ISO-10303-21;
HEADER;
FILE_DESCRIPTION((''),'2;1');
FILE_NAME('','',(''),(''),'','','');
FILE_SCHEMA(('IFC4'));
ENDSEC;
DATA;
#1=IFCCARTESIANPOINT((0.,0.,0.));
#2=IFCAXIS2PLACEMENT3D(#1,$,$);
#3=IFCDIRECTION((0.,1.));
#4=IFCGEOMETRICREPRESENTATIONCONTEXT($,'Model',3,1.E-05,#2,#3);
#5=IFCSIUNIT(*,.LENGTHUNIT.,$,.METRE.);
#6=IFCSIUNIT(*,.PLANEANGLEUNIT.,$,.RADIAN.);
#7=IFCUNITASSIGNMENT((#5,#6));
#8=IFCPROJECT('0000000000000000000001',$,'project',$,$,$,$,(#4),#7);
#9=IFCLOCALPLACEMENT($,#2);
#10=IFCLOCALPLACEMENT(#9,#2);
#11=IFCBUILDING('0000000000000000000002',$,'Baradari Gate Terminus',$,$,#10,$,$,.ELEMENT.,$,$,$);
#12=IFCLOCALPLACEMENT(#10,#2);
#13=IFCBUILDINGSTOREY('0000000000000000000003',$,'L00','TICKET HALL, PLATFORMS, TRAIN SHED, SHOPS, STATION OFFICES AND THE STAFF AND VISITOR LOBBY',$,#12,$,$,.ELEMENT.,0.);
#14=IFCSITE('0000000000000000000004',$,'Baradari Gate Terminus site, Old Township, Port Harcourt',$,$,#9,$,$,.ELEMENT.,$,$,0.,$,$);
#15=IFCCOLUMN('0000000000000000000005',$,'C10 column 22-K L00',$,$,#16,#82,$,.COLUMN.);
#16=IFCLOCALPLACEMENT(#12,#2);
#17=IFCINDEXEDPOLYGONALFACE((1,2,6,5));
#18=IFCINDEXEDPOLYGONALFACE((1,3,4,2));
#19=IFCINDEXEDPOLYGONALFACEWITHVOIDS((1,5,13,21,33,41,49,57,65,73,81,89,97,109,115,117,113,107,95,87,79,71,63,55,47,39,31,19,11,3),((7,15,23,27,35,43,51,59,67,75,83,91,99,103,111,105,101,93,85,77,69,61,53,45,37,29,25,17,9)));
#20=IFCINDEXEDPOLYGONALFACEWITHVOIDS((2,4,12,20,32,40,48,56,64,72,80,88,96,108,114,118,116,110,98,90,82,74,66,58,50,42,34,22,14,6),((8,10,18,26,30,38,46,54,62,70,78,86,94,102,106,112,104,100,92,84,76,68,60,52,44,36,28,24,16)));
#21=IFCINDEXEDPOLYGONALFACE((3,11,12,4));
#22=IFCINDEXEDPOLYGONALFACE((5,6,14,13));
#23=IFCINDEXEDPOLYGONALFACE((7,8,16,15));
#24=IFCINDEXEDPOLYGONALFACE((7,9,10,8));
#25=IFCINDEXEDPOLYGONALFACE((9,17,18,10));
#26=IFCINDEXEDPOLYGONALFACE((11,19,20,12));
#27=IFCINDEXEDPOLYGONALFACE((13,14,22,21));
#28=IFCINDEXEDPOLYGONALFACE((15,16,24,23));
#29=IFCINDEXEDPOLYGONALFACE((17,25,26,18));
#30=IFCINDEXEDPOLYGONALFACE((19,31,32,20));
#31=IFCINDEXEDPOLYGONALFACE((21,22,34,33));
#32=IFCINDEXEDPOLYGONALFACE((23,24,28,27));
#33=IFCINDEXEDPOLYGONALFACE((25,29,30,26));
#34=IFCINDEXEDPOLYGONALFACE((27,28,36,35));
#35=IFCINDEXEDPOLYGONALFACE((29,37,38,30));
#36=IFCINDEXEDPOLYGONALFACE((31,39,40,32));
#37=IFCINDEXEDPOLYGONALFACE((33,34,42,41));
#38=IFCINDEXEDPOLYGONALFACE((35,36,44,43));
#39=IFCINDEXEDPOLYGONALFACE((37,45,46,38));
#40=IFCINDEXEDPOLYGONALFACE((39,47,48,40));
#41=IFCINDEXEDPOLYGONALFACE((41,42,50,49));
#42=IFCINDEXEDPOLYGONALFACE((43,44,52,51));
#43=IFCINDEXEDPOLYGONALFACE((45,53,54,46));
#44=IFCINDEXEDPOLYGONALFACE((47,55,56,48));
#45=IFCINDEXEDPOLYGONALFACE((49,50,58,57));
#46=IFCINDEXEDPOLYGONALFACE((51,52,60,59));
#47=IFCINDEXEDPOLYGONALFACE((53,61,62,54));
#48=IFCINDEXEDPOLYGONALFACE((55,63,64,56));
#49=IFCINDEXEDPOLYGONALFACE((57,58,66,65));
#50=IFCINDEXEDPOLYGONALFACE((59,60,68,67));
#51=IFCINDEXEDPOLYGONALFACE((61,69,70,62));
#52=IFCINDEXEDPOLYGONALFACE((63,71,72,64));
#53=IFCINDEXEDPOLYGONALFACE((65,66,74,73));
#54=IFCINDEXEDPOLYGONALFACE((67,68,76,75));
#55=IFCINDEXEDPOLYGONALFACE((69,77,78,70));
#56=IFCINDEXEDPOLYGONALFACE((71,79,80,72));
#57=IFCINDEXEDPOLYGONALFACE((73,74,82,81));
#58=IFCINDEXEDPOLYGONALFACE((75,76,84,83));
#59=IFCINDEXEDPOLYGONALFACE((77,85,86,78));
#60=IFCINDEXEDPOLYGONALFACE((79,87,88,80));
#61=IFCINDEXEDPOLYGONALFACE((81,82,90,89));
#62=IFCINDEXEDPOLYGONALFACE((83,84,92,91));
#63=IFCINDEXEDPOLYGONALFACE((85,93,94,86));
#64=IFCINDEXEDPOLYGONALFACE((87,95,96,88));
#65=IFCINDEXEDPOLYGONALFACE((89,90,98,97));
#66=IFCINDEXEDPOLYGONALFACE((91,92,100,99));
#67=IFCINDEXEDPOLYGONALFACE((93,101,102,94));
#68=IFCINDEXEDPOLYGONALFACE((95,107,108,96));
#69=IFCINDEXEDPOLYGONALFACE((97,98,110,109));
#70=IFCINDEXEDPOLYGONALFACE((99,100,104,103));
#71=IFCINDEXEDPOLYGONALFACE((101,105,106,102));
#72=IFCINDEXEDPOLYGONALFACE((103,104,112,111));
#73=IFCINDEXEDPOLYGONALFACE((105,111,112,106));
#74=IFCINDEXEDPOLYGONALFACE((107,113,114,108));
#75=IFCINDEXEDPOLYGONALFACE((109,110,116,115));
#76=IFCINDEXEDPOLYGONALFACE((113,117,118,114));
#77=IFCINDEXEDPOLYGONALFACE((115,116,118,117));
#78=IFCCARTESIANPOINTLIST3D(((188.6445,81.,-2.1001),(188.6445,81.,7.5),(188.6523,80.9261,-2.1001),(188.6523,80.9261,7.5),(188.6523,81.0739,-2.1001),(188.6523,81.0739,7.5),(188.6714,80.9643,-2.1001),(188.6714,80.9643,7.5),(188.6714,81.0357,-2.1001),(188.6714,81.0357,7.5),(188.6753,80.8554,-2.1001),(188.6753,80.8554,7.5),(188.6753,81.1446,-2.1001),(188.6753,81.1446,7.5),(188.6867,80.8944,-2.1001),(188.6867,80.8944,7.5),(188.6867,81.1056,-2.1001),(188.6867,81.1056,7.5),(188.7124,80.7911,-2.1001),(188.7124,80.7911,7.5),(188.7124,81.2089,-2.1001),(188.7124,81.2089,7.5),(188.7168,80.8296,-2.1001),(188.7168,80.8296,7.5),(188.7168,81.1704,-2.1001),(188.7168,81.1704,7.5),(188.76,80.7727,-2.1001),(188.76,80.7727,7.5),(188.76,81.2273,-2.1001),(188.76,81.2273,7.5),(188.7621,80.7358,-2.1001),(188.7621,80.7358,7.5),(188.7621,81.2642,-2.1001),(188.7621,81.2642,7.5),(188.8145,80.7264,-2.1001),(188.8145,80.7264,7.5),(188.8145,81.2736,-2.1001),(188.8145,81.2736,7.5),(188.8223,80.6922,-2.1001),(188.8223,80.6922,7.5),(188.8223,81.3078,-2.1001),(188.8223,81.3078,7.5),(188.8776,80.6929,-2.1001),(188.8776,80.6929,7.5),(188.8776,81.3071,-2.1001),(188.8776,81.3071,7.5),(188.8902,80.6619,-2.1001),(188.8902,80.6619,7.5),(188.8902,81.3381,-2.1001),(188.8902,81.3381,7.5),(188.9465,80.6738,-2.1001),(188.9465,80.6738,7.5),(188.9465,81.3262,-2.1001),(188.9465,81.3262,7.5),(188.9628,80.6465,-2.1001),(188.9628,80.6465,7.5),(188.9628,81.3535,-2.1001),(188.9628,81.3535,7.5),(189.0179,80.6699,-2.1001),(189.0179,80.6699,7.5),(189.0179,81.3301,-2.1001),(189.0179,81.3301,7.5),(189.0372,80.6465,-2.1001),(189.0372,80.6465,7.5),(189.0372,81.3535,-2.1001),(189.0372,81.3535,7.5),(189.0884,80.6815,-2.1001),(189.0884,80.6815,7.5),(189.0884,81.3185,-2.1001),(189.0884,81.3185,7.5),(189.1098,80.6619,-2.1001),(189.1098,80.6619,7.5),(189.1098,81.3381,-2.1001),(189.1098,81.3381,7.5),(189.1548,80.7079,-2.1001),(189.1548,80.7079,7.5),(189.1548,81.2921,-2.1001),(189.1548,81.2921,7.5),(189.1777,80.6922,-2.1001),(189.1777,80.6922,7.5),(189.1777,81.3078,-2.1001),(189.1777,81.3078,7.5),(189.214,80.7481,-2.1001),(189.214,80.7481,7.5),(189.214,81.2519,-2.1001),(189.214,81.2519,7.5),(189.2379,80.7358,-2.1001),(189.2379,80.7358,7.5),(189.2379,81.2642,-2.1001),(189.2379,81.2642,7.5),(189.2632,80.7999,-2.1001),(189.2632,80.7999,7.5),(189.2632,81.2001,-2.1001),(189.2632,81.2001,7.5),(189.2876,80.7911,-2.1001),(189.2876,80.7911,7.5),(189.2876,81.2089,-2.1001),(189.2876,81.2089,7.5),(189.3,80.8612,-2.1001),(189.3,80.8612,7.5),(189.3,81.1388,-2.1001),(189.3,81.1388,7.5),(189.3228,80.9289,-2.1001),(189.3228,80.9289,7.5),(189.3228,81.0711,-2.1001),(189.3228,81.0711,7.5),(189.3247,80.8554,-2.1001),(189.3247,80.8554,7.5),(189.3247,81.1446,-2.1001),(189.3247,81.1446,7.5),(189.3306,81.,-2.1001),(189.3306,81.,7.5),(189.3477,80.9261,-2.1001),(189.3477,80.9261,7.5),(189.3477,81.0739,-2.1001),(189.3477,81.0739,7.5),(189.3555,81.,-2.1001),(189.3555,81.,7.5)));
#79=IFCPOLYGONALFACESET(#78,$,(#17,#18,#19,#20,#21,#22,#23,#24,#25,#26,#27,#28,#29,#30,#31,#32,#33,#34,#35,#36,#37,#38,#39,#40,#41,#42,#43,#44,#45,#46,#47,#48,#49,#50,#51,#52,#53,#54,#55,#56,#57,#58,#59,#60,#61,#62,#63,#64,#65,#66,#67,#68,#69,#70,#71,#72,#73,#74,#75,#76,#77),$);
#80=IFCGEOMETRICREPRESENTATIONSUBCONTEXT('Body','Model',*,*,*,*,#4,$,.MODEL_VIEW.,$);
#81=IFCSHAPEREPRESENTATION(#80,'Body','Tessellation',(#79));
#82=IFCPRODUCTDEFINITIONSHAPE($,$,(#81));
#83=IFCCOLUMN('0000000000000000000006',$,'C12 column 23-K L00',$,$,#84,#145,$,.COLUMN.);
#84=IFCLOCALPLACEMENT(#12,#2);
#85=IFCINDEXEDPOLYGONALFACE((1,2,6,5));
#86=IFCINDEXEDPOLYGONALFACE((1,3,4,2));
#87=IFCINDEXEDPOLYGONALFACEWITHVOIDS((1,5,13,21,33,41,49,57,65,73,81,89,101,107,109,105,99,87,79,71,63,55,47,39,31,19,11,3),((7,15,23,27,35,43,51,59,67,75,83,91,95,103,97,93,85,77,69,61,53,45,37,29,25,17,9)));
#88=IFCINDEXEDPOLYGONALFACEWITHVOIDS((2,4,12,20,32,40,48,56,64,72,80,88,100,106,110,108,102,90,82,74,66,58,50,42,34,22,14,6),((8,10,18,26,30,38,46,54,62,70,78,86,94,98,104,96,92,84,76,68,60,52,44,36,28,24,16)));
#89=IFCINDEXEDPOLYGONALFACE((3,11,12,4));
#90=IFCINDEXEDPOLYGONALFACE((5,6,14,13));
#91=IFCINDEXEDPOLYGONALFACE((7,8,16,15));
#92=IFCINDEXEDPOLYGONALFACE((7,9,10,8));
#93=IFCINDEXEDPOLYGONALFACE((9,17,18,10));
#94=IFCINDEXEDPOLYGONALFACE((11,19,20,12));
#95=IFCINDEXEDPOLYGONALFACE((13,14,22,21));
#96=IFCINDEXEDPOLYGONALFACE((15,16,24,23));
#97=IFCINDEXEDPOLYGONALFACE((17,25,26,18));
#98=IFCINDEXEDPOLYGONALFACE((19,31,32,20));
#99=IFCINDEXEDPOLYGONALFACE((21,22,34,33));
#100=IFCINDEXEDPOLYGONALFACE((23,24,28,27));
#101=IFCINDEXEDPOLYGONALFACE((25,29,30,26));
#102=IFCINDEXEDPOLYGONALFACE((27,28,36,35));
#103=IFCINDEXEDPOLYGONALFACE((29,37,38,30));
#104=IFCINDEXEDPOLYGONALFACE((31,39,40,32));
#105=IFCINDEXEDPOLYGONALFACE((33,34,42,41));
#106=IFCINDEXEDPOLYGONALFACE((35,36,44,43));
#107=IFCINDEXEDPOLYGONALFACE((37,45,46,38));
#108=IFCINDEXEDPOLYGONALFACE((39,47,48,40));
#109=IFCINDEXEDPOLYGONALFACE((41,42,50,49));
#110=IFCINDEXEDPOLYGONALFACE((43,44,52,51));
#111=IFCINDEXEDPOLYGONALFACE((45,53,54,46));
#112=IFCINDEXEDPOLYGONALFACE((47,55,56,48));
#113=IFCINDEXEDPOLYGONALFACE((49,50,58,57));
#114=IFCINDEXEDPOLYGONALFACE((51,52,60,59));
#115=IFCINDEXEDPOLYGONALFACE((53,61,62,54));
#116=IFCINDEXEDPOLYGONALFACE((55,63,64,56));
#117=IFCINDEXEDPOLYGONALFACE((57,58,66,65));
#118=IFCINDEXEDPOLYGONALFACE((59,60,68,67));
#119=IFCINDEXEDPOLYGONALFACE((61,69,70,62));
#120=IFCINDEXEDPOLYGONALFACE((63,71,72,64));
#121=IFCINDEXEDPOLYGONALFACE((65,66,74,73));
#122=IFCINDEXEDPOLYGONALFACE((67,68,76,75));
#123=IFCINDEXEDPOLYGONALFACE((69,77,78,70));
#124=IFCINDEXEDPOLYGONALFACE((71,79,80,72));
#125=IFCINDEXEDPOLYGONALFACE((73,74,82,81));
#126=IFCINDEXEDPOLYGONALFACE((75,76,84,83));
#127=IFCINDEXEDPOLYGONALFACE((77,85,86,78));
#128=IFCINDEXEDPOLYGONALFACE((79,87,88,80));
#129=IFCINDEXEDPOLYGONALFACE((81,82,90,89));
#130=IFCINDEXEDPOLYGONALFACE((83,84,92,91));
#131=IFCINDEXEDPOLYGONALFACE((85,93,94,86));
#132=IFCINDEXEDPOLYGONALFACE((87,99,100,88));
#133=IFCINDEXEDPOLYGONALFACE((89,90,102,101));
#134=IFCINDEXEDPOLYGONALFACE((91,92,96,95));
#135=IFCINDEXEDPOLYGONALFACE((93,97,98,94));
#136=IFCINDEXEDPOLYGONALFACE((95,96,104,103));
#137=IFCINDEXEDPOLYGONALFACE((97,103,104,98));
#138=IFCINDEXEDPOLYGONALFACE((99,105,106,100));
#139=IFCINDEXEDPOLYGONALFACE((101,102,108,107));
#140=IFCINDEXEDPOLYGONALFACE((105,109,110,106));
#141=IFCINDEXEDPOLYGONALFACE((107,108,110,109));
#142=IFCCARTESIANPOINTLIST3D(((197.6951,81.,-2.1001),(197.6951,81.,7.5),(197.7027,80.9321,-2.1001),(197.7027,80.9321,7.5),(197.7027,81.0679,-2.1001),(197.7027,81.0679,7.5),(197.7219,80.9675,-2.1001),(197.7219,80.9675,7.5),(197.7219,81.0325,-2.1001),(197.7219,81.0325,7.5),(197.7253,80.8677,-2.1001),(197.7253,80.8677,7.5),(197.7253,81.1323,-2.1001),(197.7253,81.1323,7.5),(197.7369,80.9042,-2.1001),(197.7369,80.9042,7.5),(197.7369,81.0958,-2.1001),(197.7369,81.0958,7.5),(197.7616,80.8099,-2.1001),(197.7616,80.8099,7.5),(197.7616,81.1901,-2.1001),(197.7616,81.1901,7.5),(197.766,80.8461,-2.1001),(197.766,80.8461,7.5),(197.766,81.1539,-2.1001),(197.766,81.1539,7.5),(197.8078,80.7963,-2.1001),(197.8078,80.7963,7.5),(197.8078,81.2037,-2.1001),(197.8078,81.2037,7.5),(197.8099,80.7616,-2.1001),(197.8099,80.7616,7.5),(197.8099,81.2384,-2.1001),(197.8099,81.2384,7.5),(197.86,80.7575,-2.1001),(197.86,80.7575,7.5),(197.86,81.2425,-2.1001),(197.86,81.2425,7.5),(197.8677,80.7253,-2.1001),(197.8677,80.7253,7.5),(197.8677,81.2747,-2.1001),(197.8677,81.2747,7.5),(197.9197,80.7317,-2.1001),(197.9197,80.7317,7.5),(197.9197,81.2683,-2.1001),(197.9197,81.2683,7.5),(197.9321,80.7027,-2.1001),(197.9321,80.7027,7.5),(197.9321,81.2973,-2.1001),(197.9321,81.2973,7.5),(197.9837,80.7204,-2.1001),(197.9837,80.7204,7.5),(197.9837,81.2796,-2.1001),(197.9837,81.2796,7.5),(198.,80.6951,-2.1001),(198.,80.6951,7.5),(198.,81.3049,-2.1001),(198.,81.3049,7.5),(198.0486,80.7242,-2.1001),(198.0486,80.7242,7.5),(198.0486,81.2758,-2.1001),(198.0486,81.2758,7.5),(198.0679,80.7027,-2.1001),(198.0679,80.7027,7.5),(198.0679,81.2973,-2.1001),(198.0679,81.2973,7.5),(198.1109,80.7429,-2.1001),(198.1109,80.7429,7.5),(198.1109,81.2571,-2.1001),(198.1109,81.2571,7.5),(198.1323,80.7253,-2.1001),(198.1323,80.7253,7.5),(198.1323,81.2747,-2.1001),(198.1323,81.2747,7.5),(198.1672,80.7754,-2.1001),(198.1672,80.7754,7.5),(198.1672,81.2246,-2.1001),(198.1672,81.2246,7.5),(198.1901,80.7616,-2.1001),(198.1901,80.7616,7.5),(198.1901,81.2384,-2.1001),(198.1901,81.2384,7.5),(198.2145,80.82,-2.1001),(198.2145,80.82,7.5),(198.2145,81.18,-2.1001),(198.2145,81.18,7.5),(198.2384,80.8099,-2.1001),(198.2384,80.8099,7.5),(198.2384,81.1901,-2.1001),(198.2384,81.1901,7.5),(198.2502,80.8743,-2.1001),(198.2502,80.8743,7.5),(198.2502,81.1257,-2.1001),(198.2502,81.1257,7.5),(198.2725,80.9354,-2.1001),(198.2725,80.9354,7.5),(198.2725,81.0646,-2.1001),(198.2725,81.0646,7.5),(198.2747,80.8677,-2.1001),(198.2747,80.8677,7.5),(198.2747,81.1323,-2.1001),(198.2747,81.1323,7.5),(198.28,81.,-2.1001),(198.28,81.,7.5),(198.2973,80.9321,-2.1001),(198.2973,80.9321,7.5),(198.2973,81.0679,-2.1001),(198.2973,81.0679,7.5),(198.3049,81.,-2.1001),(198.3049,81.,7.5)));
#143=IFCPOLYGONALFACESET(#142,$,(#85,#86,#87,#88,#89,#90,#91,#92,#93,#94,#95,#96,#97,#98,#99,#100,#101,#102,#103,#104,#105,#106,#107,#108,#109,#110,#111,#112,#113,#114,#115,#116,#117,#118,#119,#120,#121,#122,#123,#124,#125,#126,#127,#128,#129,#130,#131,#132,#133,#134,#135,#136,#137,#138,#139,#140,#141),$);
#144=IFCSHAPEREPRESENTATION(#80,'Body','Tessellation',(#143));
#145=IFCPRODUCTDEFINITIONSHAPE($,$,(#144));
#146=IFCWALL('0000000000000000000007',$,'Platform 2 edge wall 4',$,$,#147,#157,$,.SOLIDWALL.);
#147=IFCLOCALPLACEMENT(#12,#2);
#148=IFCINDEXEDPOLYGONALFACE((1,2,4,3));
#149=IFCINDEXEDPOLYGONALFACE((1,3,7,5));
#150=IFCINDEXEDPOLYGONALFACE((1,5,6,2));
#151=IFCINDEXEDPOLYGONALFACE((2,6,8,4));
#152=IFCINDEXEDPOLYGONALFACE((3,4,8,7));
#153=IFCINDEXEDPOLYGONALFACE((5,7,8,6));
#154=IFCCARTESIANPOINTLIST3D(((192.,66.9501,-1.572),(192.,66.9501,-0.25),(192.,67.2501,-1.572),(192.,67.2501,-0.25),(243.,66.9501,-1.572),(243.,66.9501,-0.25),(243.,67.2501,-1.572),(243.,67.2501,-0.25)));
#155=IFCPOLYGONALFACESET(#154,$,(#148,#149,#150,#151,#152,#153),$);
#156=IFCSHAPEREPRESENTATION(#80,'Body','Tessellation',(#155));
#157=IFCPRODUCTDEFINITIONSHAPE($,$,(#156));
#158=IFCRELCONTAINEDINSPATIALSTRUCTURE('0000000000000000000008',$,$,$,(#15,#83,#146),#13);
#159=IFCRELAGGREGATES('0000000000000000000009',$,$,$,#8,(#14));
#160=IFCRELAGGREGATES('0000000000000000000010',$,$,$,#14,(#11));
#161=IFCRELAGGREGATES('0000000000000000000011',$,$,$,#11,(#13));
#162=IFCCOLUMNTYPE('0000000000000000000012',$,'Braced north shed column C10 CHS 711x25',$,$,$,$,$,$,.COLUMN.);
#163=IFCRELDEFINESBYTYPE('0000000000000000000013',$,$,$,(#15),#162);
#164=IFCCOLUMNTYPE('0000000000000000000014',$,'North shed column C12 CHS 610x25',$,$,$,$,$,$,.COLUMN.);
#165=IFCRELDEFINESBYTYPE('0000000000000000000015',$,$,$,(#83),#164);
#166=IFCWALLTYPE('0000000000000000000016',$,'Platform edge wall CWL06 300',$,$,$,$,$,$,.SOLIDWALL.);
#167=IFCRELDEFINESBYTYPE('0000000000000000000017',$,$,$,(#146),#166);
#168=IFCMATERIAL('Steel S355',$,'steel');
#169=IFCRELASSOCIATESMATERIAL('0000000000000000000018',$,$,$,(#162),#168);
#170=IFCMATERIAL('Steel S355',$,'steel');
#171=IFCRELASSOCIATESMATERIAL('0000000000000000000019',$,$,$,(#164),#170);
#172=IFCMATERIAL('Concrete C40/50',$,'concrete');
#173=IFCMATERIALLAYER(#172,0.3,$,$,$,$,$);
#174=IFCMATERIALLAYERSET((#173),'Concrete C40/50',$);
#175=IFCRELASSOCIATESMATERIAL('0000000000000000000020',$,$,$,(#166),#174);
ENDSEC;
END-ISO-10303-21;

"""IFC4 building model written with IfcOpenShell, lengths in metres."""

from ifc_helpers import new_model, si_unit, direction, frame, frame_2d, origin, origin_2d, place, context, subcontext, project, spatial, rectangle, hollow_circle, extrude, material, layer, layer_set, material_profile, profile_set, type_object, element, save


model = new_model("IFC4")

# Units and contexts
model_context = context("Model", 3, precision=1e-05, world=origin(), true_north=direction((0.0, 1.0)))
body_context = subcontext(model_context, "Body", "Model", "MODEL_VIEW")
ifc_project = project(units=[si_unit("LENGTHUNIT", "METRE"), si_unit("PLANEANGLEUNIT", "RADIAN")], contexts=[model_context])

# Site, building, storey
site_placement = place(None, origin())
site = spatial("IfcSite", under=ifc_project, at=site_placement, Name="Baradari Gate Terminus site, Old Township, Port Harcourt", CompositionType="ELEMENT", RefElevation=0.0)
building_placement = place(site_placement, origin())
building = spatial("IfcBuilding", under=site, at=building_placement, Name="Baradari Gate Terminus", CompositionType="ELEMENT")
storey_placement = place(building_placement, origin())
storey = spatial("IfcBuildingStorey", under=building, at=storey_placement, Name="L00", Description="TICKET HALL, PLATFORMS, TRAIN SHED, SHOPS, STATION OFFICES AND THE STAFF AND VISITOR LOBBY", CompositionType="ELEMENT", Elevation=0.0)

# Columns
ifc_material_1 = material(Name="Steel S355", Category="steel")
ifc_material_profile_1 = material_profile(ifc_material_1, hollow_circle(Radius=0.3555, WallThickness=0.0249, at=origin_2d()), Name="CHS 711x25")
ifc_profile_set_1 = profile_set([ifc_material_profile_1], Name="Steel S355")
column_type_1 = type_object("IfcColumnType", Name="Braced north shed column C10 CHS 711x25", PredefinedType="COLUMN", material=ifc_profile_set_1)
column_1_placement = place(storey_placement, frame((189.0, 81.0, -2.1001), z_axis=(0.0, 0.0, 1.0), x_axis=(1.0, 0.0, 0.0)))
element("IfcColumn", 1, at=column_1_placement, inside=storey, type_object=column_type_1, Name="C10 column 22-K L00", PredefinedType="COLUMN", context=body_context, shape_type="SweptSolid", body=[
    extrude(hollow_circle(Radius=0.3555, WallThickness=0.0249, at=origin_2d()), origin(), (0.0, 0.0, 1.0), 9.6001),
])
ifc_material_2 = material(Name="Steel S355", Category="steel")
ifc_material_profile_2 = material_profile(ifc_material_2, hollow_circle(Radius=0.3049, WallThickness=0.0249, at=origin_2d()), Name="CHS 610x25")
ifc_profile_set_2 = profile_set([ifc_material_profile_2], Name="Steel S355")
column_type_2 = type_object("IfcColumnType", Name="North shed column C12 CHS 610x25", PredefinedType="COLUMN", material=ifc_profile_set_2)
column_2_placement = place(storey_placement, frame((198.0, 81.0, -2.1001), z_axis=(0.0, 0.0, 1.0), x_axis=(1.0, 0.0, 0.0)))
element("IfcColumn", 2, at=column_2_placement, inside=storey, type_object=column_type_2, Name="C12 column 23-K L00", PredefinedType="COLUMN", context=body_context, shape_type="SweptSolid", body=[
    extrude(hollow_circle(Radius=0.3049, WallThickness=0.0249, at=origin_2d()), origin(), (0.0, 0.0, 1.0), 9.6001),
])

# Wall
ifc_material_3 = material(Name="Concrete C40/50", Category="concrete")
ifc_layer_1 = layer(ifc_material_3, 0.3)
ifc_layer_set_1 = layer_set([ifc_layer_1], Name="Concrete C40/50")
wall_type_1 = type_object("IfcWallType", Name="Platform edge wall CWL06 300", PredefinedType="SOLIDWALL", material=ifc_layer_set_1)
wall_1_placement = place(storey_placement, frame((192.0, 67.1001, -1.572), z_axis=(0.0, 0.0, 1.0), x_axis=(1.0, 0.0, 0.0)))
element("IfcWall", 3, at=wall_1_placement, inside=storey, type_object=wall_type_1, Name="Platform 2 edge wall 4", PredefinedType="SOLIDWALL", context=body_context, shape_type="SweptSolid", body=[
    extrude(rectangle(XDim=51.0, YDim=0.3, at=frame_2d((25.5, 0.0))), origin(), (0.0, 0.0, 1.0), 1.322),
])

save(model, "model.ifc")
